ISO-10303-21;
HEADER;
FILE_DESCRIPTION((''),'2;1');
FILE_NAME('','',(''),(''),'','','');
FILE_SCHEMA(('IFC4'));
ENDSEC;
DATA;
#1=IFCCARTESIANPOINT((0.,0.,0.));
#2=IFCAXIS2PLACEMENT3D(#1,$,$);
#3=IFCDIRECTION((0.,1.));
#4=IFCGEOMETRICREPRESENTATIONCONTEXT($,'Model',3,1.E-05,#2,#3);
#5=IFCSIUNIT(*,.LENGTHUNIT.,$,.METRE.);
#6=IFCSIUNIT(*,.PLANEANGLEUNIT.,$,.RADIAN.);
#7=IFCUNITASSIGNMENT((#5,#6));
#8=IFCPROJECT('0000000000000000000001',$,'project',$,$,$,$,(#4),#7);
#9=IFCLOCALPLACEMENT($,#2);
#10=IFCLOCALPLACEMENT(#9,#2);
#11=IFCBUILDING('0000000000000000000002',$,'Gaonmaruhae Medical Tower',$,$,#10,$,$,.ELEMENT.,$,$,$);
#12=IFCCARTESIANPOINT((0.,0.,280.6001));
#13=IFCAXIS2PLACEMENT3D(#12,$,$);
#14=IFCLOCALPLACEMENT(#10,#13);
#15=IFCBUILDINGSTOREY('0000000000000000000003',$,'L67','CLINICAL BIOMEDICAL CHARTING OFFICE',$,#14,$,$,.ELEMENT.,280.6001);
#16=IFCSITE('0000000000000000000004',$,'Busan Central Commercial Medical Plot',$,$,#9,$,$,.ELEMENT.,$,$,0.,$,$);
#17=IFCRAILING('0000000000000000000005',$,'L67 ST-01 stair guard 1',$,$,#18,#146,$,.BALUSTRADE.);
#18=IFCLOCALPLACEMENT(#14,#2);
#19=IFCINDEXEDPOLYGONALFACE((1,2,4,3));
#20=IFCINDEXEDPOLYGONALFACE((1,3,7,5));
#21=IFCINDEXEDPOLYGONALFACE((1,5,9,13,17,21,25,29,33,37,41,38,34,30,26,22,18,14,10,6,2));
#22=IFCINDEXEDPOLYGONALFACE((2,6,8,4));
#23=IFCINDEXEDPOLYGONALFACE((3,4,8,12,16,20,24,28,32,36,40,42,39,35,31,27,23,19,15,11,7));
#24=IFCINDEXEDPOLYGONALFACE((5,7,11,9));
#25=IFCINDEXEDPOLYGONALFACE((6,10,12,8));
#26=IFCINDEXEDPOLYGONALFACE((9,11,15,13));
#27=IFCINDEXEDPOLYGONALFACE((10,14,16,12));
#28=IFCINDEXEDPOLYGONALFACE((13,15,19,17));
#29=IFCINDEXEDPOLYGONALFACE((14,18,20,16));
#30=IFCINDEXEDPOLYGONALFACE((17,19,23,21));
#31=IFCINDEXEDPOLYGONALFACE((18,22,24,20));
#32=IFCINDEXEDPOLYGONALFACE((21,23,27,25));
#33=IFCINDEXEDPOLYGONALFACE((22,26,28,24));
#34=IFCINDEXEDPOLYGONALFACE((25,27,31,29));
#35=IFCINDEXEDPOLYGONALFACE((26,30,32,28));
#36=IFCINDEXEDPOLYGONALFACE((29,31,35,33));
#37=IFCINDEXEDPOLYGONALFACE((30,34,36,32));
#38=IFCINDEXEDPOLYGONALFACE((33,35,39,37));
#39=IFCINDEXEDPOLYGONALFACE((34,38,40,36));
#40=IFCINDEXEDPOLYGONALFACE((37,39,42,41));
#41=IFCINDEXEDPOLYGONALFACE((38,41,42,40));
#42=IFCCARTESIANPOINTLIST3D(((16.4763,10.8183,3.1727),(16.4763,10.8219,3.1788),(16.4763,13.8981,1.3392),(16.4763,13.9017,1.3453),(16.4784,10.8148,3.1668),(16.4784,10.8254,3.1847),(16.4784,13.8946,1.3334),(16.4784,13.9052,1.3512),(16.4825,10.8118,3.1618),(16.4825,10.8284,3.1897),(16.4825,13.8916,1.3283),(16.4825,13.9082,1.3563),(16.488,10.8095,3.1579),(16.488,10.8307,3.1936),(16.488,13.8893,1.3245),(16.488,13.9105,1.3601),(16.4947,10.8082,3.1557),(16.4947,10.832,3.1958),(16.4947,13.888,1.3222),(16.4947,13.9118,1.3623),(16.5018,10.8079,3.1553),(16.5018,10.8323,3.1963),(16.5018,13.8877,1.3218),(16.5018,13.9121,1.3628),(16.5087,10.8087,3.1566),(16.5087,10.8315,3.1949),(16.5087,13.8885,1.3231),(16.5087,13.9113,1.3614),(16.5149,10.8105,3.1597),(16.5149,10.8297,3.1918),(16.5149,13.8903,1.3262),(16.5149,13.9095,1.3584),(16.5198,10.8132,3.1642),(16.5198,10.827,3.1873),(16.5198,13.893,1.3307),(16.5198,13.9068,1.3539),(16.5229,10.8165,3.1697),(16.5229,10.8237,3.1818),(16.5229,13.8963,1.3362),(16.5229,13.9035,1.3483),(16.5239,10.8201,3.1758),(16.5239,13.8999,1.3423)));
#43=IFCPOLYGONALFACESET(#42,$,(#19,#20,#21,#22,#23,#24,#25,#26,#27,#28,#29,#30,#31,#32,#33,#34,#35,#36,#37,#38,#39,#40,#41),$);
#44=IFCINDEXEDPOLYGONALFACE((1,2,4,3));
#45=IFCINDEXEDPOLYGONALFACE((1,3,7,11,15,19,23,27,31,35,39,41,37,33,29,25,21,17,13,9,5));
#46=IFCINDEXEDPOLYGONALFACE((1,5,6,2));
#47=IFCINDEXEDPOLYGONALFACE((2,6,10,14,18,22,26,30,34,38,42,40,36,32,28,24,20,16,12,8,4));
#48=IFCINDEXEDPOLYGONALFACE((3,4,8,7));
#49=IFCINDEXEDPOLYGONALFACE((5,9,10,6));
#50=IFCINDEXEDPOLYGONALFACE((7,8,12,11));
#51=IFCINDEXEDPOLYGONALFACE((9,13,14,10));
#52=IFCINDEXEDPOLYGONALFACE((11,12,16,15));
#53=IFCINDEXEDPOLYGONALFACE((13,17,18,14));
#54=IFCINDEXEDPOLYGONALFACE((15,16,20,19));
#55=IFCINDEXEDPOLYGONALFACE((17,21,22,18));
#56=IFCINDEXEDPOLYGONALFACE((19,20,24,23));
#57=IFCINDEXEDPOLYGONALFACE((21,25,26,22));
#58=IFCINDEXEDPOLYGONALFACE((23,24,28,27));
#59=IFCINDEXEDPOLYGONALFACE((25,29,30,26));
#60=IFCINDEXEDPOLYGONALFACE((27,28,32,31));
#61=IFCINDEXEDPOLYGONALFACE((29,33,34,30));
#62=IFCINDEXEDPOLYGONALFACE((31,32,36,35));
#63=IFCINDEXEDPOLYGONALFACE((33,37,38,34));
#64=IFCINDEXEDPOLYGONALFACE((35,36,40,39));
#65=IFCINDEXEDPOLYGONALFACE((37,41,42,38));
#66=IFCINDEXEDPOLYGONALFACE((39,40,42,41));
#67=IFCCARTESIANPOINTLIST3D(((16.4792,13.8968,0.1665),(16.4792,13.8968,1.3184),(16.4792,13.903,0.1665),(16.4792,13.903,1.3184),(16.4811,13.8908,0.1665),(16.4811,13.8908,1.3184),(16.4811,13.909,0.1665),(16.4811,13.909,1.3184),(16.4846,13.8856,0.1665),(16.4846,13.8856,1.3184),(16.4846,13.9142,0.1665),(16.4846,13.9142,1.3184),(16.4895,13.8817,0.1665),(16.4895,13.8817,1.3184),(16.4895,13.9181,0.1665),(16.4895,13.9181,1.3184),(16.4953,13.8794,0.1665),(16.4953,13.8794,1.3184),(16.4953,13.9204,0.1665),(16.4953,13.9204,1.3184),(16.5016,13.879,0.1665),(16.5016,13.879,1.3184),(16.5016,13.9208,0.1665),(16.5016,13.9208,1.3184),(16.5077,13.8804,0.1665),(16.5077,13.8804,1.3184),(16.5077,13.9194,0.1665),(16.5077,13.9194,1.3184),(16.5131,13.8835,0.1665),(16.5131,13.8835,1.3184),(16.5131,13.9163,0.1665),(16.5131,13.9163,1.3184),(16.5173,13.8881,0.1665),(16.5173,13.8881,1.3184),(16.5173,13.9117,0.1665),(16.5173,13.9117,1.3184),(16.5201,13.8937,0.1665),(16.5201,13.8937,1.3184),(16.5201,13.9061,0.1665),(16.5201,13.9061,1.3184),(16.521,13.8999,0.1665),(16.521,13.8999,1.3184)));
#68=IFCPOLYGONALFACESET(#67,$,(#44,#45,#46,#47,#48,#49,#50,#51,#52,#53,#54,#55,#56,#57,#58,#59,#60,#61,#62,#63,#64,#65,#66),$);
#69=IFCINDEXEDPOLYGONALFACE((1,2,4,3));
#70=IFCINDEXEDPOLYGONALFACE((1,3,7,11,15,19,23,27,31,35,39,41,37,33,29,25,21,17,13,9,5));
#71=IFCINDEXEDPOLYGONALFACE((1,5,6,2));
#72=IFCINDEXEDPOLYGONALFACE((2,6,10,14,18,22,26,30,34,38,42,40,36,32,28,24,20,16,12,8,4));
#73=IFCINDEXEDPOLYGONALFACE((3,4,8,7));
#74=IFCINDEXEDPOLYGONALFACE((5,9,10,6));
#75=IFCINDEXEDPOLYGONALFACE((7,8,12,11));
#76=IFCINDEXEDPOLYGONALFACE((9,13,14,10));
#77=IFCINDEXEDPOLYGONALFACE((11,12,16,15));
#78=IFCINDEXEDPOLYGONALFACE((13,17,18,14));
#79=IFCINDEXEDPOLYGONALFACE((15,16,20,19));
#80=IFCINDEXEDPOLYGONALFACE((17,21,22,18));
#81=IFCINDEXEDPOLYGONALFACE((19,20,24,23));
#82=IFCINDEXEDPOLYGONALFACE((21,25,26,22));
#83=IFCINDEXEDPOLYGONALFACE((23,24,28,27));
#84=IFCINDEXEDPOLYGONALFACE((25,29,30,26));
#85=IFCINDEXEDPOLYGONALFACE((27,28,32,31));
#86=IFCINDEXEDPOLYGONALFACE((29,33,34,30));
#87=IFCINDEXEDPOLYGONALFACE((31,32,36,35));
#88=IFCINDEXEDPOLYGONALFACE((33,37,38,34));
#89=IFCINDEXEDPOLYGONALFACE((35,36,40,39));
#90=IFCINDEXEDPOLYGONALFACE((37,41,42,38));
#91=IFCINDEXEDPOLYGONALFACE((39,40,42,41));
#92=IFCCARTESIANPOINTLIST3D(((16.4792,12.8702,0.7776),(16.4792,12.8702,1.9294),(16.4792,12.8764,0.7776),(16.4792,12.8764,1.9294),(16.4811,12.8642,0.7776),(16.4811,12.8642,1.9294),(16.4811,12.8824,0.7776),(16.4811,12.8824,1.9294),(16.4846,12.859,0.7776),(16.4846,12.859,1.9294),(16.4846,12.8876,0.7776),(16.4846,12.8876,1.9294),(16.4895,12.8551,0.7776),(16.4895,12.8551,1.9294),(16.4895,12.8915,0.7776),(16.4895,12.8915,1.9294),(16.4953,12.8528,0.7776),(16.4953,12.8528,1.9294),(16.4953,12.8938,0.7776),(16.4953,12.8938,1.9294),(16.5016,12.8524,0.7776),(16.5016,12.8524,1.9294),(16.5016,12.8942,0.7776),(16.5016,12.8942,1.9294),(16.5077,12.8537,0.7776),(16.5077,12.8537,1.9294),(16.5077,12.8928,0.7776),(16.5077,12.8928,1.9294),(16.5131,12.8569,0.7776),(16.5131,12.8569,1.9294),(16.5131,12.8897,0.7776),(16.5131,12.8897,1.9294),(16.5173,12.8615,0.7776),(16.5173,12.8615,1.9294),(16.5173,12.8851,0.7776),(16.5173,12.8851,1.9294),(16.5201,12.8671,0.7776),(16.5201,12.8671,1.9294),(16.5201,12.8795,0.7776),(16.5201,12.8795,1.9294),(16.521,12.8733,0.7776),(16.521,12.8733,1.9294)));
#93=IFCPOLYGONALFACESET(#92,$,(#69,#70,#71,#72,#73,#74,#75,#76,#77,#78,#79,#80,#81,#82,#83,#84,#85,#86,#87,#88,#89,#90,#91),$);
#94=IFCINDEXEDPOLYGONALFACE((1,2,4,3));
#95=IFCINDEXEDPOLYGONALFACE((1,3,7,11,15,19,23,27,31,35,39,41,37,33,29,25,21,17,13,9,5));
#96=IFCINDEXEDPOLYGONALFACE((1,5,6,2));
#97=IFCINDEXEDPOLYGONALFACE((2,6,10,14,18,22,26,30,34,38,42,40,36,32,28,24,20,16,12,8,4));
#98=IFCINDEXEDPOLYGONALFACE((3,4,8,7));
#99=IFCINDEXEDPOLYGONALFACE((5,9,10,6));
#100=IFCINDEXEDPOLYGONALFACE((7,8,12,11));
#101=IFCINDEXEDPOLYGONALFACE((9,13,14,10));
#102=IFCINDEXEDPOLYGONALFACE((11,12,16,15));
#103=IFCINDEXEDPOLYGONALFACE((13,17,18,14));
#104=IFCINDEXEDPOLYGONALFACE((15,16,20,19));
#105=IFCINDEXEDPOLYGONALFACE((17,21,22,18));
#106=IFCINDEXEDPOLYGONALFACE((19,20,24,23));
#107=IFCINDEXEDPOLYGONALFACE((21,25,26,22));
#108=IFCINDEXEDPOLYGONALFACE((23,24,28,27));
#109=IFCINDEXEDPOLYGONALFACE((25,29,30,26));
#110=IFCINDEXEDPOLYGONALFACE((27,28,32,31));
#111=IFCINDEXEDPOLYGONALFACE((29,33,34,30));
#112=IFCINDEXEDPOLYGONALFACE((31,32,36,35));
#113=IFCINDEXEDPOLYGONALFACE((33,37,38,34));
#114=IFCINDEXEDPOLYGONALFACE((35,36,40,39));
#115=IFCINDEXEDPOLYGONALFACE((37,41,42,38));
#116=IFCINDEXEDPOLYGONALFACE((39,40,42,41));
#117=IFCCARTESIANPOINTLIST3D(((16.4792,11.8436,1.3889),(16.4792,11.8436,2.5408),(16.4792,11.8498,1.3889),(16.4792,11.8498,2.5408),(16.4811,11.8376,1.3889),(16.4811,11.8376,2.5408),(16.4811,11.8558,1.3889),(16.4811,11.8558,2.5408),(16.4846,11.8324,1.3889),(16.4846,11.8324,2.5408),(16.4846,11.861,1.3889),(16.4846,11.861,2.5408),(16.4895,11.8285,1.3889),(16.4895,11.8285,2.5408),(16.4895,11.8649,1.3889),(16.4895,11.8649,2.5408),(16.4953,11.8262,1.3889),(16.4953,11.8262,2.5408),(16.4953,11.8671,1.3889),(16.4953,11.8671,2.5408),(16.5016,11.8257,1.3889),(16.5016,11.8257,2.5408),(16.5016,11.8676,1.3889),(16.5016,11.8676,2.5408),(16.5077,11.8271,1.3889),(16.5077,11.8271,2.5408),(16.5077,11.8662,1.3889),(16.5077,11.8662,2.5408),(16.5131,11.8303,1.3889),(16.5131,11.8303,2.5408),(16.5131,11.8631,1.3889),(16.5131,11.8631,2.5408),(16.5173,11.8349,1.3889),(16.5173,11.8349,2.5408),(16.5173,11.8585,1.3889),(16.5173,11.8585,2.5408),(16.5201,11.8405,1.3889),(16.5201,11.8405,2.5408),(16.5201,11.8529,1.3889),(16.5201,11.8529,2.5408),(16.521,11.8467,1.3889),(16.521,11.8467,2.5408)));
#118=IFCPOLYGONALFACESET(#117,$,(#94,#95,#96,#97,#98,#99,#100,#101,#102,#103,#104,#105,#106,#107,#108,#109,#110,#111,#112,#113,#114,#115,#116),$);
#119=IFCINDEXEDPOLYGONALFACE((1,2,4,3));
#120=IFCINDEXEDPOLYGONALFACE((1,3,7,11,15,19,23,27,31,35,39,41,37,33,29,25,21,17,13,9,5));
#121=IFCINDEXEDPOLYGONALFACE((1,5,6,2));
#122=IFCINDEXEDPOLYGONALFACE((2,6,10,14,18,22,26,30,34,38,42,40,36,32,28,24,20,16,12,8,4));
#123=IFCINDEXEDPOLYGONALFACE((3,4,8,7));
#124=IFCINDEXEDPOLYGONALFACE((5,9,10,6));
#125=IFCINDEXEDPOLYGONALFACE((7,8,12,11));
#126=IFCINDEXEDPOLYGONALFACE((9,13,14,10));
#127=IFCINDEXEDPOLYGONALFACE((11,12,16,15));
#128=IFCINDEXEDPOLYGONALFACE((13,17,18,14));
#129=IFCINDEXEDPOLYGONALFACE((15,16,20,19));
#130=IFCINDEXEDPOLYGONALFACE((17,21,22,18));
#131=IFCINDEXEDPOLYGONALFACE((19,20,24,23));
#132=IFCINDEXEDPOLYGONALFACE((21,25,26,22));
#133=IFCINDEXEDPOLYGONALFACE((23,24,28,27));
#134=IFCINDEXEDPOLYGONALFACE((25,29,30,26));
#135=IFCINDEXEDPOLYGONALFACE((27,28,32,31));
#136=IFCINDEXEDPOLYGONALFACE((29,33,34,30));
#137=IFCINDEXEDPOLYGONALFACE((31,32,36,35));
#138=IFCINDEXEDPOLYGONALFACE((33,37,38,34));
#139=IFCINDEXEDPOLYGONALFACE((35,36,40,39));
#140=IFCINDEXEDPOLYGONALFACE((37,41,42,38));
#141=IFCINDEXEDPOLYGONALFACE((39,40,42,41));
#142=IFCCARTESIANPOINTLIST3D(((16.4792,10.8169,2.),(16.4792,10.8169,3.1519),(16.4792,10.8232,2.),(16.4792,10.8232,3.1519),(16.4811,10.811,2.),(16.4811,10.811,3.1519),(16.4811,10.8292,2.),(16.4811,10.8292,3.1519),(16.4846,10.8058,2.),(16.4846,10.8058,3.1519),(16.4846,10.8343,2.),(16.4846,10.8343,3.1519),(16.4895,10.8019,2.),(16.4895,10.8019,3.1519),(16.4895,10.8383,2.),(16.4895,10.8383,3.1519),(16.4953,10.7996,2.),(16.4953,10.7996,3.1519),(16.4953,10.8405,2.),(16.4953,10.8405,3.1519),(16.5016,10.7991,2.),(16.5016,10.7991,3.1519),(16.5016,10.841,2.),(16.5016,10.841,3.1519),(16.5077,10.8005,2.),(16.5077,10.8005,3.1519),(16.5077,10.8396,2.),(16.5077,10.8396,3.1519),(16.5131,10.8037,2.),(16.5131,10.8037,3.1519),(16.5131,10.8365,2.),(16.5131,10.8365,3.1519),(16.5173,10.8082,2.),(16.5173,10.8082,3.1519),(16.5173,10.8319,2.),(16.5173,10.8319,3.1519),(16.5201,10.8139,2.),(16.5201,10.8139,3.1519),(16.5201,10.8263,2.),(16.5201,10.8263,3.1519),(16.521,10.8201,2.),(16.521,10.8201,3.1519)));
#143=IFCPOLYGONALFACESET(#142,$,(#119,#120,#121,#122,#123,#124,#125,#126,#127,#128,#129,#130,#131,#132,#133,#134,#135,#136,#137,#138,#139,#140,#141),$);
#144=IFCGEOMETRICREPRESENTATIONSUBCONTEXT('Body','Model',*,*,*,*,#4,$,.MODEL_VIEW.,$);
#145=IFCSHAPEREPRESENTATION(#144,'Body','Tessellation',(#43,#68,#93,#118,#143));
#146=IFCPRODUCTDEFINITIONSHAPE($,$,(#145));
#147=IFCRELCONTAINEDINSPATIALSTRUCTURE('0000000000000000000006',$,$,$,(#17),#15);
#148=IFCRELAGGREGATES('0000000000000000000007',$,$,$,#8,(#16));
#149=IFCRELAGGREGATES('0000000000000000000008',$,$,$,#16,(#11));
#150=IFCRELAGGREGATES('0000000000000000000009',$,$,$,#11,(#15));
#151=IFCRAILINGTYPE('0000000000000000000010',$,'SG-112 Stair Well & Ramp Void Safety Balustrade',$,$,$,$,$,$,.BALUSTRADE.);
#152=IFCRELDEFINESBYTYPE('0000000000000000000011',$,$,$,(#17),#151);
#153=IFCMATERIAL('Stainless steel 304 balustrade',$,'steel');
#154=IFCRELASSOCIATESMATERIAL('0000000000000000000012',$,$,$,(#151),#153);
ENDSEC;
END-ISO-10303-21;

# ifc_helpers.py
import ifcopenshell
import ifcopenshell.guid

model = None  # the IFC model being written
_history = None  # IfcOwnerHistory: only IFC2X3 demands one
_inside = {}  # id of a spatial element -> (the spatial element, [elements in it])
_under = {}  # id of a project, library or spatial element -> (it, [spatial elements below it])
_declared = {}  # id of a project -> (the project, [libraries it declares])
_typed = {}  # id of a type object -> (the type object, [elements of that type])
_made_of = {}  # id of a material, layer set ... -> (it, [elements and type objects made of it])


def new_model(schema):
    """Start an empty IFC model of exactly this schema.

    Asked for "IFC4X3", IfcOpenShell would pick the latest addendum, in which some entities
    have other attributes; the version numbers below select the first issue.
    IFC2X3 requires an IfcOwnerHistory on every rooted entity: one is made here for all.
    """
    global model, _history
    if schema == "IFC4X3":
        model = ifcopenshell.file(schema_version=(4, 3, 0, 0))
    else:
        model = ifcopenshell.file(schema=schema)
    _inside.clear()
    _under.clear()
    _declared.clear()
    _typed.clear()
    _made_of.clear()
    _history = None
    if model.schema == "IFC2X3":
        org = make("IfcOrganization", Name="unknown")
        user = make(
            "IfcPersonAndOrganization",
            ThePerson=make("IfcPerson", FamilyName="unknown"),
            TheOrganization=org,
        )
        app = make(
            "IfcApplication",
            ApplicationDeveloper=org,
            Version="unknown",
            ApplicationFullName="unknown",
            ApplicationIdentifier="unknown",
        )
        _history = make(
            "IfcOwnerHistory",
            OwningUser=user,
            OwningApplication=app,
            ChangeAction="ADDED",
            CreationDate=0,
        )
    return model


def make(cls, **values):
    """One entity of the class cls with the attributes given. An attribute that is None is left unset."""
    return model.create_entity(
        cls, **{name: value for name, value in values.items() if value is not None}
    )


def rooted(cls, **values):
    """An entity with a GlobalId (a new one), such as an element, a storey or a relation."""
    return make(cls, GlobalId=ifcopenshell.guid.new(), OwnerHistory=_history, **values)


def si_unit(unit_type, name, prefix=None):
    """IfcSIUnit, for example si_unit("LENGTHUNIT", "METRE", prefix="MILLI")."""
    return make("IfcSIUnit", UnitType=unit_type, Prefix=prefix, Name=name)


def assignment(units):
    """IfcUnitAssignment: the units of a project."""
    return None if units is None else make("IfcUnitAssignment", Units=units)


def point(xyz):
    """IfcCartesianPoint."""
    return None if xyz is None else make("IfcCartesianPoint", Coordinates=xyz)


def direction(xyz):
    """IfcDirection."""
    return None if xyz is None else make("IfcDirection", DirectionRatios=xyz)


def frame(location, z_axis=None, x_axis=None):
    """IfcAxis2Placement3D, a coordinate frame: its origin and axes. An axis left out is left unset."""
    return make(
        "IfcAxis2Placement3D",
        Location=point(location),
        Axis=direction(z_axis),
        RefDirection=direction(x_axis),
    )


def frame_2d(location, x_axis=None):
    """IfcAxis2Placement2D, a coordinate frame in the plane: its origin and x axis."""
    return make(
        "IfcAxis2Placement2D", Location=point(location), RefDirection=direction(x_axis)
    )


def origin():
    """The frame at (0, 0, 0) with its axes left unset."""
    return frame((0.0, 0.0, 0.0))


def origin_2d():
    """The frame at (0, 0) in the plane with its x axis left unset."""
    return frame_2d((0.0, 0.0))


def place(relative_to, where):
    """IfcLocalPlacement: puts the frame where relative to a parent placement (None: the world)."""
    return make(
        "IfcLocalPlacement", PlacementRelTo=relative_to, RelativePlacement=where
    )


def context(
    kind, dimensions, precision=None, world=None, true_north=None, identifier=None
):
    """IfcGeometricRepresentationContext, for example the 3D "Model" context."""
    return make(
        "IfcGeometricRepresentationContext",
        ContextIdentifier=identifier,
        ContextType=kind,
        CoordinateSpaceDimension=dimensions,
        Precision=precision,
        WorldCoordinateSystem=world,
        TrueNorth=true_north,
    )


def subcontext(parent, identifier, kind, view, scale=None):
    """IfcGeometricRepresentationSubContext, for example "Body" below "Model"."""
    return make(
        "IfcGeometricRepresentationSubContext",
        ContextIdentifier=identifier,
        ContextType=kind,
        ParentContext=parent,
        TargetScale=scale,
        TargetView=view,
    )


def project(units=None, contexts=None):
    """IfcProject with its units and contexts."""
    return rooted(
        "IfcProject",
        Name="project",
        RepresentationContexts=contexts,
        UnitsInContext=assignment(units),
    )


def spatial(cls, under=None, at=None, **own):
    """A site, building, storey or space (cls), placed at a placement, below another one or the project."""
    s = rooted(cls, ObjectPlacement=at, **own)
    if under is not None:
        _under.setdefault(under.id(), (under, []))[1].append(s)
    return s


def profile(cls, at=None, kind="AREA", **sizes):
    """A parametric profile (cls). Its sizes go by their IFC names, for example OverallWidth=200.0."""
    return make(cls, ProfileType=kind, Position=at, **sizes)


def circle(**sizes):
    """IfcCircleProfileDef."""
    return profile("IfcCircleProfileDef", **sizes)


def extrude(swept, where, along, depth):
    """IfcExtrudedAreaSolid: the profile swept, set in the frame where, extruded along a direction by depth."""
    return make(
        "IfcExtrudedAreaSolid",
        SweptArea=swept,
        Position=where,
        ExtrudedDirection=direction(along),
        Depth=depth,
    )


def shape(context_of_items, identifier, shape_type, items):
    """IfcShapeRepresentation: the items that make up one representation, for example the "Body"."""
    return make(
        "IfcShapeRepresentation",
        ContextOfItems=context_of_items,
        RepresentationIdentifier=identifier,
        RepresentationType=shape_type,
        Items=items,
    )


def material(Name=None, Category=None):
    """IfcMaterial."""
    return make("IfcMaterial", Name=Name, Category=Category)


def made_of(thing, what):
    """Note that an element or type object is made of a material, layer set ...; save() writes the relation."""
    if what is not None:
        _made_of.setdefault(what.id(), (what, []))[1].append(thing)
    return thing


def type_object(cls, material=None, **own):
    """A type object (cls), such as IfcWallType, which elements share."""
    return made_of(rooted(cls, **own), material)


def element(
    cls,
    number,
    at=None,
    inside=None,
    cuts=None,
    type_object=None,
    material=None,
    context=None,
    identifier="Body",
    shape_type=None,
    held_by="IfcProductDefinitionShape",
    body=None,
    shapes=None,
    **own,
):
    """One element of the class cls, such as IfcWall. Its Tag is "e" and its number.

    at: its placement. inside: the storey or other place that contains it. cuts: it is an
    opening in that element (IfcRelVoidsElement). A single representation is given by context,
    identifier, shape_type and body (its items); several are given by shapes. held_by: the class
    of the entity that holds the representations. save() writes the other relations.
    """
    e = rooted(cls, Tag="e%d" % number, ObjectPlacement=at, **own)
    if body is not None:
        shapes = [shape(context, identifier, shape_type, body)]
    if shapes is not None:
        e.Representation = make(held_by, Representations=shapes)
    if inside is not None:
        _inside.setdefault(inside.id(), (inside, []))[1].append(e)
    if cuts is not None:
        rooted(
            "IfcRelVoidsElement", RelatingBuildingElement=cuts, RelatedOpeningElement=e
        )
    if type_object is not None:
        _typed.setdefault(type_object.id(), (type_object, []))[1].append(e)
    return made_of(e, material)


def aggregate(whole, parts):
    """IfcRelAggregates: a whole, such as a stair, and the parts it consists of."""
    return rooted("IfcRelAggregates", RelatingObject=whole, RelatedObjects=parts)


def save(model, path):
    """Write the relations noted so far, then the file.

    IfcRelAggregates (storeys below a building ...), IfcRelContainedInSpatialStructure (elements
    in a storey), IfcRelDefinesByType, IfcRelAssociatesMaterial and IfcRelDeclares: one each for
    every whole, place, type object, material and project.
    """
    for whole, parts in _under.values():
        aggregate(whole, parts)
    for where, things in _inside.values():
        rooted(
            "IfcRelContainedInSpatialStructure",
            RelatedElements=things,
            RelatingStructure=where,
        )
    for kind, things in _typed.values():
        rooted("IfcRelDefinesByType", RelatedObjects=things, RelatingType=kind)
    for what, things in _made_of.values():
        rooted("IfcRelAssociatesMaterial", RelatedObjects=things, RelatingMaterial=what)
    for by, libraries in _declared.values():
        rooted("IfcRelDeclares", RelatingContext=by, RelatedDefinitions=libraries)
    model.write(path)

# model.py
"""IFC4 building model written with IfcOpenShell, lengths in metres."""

from ifc_helpers import new_model, si_unit, direction, frame, origin, origin_2d, place, context, subcontext, project, spatial, circle, extrude, material, type_object, element, save


model = new_model("IFC4")

# Units and contexts
model_context = context("Model", 3, precision=1e-05, world=origin(), true_north=direction((0.0, 1.0)))
body_context = subcontext(model_context, "Body", "Model", "MODEL_VIEW")
ifc_project = project(units=[si_unit("LENGTHUNIT", "METRE"), si_unit("PLANEANGLEUNIT", "RADIAN")], contexts=[model_context])

# Site, building, storey
site_placement = place(None, origin())
site = spatial("IfcSite", under=ifc_project, at=site_placement, Name="Busan Central Commercial Medical Plot", CompositionType="ELEMENT", RefElevation=0.0)
building_placement = place(site_placement, origin())
building = spatial("IfcBuilding", under=site, at=building_placement, Name="Gaonmaruhae Medical Tower", CompositionType="ELEMENT")
storey_placement = place(building_placement, frame((0.0, 0.0, 280.6001)))
storey = spatial("IfcBuildingStorey", under=building, at=storey_placement, Name="L67", Description="CLINICAL BIOMEDICAL CHARTING OFFICE", CompositionType="ELEMENT", Elevation=280.6001)

# Railing
ifc_material_1 = material(Name="Stainless steel 304 balustrade", Category="steel")
railing_type_1 = type_object("IfcRailingType", Name="SG-112 Stair Well & Ramp Void Safety Balustrade", PredefinedType="BALUSTRADE", material=ifc_material_1)
railing_1_placement = place(storey_placement, frame((16.5, 13.8999, 0.1665)))
element("IfcRailing", 1, at=railing_1_placement, inside=storey, type_object=railing_type_1, Name="L67 ST-01 stair guard 1", PredefinedType="BALUSTRADE", context=body_context, shape_type="SweptSolid", body=[
    extrude(circle(Radius=0.0239, at=origin_2d()), frame((0.0, 0.0, 1.1758), z_axis=(0.0, -0.859261, 0.511538), x_axis=(1.0, 0.0, 0.0)), (0.0, 0.0, 1.0), 3.5842),
    extrude(circle(Radius=0.021, at=origin_2d()), origin(), (0.0, 0.0, 1.0), 1.1519),
    extrude(circle(Radius=0.021, at=origin_2d()), frame((0.0, -1.0266, 0.6111)), (0.0, 0.0, 1.0), 1.1519),
    extrude(circle(Radius=0.021, at=origin_2d()), frame((0.0, -2.0532, 1.2224)), (0.0, 0.0, 1.0), 1.1519),
    extrude(circle(Radius=0.021, at=origin_2d()), frame((0.0, -3.0798, 1.8335)), (0.0, 0.0, 1.0), 1.1519),
])

save(model, "model.ifc")
